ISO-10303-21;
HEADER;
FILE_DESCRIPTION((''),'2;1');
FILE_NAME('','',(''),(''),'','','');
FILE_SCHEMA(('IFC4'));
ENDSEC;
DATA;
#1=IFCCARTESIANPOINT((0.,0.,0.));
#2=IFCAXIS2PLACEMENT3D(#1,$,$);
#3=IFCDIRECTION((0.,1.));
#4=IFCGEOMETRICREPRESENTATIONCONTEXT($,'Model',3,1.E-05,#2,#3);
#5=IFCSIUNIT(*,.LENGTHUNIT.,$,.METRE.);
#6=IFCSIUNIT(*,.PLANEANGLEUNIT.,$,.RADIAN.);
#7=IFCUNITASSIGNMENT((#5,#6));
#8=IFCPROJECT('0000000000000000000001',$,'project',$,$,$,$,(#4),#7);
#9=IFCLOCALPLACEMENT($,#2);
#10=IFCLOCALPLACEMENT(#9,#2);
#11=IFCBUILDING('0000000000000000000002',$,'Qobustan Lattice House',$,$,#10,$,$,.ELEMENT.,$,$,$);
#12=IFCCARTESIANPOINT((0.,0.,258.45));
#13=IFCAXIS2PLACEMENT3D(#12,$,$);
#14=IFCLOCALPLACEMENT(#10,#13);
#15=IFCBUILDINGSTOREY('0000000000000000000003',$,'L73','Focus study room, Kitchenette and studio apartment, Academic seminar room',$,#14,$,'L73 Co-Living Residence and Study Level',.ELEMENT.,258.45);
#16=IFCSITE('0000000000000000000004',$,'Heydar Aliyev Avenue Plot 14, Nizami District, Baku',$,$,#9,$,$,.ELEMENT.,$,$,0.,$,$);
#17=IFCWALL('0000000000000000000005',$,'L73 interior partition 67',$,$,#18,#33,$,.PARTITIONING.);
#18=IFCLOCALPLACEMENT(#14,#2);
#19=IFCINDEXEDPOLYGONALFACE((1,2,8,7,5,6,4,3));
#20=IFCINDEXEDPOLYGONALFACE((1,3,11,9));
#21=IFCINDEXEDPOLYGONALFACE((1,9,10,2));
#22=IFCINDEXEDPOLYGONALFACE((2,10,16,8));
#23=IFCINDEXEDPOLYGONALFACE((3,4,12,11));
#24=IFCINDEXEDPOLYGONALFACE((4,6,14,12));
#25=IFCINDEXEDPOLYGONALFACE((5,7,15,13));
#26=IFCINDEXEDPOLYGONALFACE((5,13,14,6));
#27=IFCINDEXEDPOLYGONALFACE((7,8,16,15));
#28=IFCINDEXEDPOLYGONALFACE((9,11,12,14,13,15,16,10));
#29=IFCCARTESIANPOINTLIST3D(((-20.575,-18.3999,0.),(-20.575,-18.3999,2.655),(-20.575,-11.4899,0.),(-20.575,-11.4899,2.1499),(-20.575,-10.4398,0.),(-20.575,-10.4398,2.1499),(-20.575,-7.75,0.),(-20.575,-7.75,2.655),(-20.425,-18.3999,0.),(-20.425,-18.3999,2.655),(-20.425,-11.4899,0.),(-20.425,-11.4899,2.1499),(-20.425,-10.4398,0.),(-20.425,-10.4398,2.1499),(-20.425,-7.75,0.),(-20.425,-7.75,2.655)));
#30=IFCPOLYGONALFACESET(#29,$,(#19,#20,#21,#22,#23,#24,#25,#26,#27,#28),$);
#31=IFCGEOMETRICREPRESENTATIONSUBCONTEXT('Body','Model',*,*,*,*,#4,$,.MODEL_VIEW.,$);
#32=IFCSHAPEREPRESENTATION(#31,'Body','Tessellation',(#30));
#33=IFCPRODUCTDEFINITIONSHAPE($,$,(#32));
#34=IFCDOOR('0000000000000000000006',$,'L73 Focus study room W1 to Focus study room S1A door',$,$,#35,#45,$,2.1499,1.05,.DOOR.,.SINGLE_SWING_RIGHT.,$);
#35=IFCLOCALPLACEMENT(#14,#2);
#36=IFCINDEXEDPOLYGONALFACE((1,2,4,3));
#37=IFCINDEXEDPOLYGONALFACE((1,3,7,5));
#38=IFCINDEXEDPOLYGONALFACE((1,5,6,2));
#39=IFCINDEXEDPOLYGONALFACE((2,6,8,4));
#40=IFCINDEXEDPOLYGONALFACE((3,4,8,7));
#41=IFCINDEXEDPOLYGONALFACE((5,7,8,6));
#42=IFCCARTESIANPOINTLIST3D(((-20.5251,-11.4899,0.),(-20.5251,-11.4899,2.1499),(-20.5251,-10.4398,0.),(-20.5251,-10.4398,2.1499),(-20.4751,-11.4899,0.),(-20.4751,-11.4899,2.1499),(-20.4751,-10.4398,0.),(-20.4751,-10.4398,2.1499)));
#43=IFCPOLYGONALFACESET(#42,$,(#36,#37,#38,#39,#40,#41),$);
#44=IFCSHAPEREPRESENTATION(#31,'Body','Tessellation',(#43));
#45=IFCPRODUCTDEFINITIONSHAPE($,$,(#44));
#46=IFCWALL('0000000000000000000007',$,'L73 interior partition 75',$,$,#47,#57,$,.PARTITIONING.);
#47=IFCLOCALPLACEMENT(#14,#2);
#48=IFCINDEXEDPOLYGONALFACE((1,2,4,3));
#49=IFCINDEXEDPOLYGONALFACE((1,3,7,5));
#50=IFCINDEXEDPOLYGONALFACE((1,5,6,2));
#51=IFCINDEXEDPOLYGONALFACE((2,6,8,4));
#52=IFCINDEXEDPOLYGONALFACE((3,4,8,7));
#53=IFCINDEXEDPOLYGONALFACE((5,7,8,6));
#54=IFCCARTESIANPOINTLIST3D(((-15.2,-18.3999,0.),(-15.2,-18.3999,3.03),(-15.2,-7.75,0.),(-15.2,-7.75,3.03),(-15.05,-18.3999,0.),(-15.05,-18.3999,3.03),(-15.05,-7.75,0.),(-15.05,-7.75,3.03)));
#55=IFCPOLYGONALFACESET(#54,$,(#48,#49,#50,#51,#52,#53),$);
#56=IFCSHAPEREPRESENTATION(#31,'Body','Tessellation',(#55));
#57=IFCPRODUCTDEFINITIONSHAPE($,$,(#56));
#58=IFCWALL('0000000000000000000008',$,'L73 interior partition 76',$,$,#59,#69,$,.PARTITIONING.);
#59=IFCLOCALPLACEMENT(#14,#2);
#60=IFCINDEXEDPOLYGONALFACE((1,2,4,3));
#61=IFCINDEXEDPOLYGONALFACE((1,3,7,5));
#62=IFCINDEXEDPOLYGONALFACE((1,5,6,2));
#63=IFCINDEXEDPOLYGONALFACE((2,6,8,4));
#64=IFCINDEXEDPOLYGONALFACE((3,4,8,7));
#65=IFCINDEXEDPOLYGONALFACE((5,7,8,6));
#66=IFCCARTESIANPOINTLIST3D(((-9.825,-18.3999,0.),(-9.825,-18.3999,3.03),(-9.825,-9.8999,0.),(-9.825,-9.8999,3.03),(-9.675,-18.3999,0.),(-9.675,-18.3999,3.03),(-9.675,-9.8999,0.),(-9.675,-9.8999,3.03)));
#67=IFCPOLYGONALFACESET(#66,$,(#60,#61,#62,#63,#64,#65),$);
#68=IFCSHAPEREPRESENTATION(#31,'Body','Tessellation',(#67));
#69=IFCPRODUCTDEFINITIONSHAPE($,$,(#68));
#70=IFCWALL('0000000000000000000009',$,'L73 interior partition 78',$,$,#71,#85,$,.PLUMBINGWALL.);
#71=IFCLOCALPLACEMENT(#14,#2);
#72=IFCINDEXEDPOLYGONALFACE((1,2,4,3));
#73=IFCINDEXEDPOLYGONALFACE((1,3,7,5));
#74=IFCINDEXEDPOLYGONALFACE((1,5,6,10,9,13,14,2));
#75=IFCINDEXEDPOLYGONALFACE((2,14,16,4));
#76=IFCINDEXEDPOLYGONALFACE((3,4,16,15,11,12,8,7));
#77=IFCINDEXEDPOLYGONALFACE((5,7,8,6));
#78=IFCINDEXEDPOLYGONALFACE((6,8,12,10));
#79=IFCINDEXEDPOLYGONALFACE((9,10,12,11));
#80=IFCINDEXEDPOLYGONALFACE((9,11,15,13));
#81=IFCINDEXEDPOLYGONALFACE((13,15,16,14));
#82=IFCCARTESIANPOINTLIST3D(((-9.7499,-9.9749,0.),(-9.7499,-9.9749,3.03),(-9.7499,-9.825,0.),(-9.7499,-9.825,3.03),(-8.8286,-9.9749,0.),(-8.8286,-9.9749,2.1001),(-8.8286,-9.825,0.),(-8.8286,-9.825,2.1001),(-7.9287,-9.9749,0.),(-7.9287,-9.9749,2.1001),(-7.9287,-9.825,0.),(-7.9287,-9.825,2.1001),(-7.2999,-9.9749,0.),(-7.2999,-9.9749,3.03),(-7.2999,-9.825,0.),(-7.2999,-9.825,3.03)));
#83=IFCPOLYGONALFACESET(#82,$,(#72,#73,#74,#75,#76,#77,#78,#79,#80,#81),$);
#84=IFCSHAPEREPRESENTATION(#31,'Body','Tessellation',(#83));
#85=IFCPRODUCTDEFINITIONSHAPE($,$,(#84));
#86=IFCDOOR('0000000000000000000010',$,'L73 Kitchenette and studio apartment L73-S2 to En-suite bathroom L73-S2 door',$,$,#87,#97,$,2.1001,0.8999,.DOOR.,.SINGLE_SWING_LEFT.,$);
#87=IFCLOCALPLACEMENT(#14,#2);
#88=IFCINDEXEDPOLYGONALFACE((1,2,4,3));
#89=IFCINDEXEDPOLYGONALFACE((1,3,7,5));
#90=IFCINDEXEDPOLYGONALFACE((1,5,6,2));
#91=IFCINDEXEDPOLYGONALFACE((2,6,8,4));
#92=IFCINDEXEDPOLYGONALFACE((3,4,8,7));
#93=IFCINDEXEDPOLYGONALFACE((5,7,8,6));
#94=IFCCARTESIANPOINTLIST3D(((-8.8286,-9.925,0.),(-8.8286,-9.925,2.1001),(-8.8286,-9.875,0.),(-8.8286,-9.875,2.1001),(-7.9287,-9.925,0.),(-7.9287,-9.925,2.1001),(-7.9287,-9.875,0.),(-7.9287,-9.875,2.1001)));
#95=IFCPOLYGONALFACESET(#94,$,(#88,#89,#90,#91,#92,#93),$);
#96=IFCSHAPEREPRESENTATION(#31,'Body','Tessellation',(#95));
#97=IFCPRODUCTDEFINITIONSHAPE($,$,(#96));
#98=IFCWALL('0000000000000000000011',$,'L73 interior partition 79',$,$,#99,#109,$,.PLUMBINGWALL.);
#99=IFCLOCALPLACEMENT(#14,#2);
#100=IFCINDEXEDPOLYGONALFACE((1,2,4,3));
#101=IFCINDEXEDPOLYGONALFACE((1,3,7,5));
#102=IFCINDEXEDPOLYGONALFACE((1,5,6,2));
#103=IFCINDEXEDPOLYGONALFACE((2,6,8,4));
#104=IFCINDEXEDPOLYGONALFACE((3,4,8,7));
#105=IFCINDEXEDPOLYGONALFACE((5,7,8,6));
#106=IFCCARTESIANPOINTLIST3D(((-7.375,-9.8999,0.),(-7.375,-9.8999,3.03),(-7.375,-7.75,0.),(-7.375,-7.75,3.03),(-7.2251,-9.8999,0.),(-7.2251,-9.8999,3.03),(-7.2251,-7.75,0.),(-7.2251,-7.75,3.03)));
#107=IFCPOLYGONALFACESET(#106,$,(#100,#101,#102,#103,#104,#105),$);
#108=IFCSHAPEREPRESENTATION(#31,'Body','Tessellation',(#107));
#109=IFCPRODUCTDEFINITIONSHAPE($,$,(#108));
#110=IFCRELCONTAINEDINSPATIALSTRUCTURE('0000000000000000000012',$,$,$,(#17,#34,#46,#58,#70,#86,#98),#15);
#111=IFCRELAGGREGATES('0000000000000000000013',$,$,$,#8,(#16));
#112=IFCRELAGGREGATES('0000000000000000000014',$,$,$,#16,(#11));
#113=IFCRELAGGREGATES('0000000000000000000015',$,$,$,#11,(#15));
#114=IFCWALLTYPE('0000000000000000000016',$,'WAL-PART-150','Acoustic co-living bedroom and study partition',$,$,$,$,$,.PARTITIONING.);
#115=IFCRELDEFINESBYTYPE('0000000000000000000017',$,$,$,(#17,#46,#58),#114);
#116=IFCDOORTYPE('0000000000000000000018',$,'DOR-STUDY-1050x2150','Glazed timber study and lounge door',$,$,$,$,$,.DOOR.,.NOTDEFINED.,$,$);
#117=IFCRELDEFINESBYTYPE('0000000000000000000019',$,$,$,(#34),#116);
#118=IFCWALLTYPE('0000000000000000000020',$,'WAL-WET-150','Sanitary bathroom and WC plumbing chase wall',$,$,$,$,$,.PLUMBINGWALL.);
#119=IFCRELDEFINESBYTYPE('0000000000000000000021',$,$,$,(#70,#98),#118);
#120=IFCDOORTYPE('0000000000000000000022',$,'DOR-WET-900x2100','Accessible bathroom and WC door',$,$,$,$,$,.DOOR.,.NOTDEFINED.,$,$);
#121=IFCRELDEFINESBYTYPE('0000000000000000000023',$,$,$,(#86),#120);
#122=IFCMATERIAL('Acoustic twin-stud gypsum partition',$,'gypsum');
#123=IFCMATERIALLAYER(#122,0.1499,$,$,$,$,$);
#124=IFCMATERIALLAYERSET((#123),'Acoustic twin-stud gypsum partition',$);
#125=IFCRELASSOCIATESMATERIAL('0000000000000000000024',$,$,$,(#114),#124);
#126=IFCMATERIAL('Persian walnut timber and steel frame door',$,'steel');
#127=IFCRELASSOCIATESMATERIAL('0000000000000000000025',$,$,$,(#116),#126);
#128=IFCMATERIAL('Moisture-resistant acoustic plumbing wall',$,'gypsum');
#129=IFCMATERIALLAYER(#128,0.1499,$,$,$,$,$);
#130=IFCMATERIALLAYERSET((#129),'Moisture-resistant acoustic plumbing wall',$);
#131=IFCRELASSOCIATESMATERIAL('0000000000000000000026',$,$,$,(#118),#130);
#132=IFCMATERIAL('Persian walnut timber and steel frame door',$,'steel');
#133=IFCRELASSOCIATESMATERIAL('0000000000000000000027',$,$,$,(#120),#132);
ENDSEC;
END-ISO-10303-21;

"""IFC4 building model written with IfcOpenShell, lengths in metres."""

from ifc_helpers import new_model, si_unit, direction, frame, frame_2d, origin, place, context, subcontext, project, spatial, rectangle, extrude, material, layer, layer_set, type_object, element, fill, save


model = new_model("IFC4")

# Units and contexts
model_context = context("Model", 3, precision=1e-05, world=origin(), true_north=direction((0.0, 1.0)))
body_context = subcontext(model_context, "Body", "Model", "MODEL_VIEW")
ifc_project = project(units=[si_unit("LENGTHUNIT", "METRE"), si_unit("PLANEANGLEUNIT", "RADIAN")], contexts=[model_context])

# Site, building, storey
site_placement = place(None, origin())
site = spatial("IfcSite", under=ifc_project, at=site_placement, Name="Heydar Aliyev Avenue Plot 14, Nizami District, Baku", CompositionType="ELEMENT", RefElevation=0.0)
building_placement = place(site_placement, origin())
building = spatial("IfcBuilding", under=site, at=building_placement, Name="Qobustan Lattice House", CompositionType="ELEMENT")
storey_placement = place(building_placement, frame((0.0, 0.0, 258.45)))
storey = spatial("IfcBuildingStorey", under=building, at=storey_placement, Name="L73", Description="Focus study room, Kitchenette and studio apartment, Academic seminar room", LongName="L73 Co-Living Residence and Study Level", CompositionType="ELEMENT", Elevation=258.45)

# Shared definitions
ifc_material_1 = material(Name="Acoustic twin-stud gypsum partition", Category="gypsum")
ifc_layer_1 = layer(ifc_material_1, 0.1499)
ifc_layer_set_1 = layer_set([ifc_layer_1], Name="Acoustic twin-stud gypsum partition")
wall_type_1 = type_object("IfcWallType", Name="WAL-PART-150", Description="Acoustic co-living bedroom and study partition", PredefinedType="PARTITIONING", material=ifc_layer_set_1)

# Wall, opening, door
ifc_material_2 = material(Name="Persian walnut timber and steel frame door", Category="steel")
door_type_1 = type_object("IfcDoorType", Name="DOR-STUDY-1050x2150", Description="Glazed timber study and lounge door", OperationType="NOTDEFINED", PredefinedType="DOOR", material=ifc_material_2)
wall_1_placement = place(storey_placement, frame((-20.5, -7.75, 0.0), z_axis=(0.0, 0.0, 1.0), x_axis=(0.0, -1.0, 0.0)))
wall_1 = element("IfcWall", 1, at=wall_1_placement, inside=storey, type_object=wall_type_1, Name="L73 interior partition 67", PredefinedType="PARTITIONING", context=body_context, shape_type="SweptSolid", body=[
    extrude(rectangle(XDim=10.6499, YDim=0.1499, at=frame_2d((5.325, 0.0))), origin(), (0.0, 0.0, 1.0), 2.655),
])
opening_1_placement = place(wall_1_placement, frame((2.6899, 0.0, 0.0)))
opening_1 = element("IfcOpeningElement", 2, at=opening_1_placement, cuts=wall_1, PredefinedType="OPENING", context=body_context, shape_type="SweptSolid", body=[
    extrude(rectangle(XDim=1.05, YDim=2.1499, at=frame_2d((0.5249, 1.075))), frame((0.0, 0.085, 0.0), z_axis=(0.0, -1.0, 0.0), x_axis=(1.0, 0.0, 0.0)), (0.0, 0.0, 1.0), 0.1699),
])
door_1_placement = place(opening_1_placement, origin())
door_1 = element("IfcDoor", 3, at=door_1_placement, inside=storey, type_object=door_type_1, Name="L73 Focus study room W1 to Focus study room S1A door", OperationType="SINGLE_SWING_RIGHT", OverallHeight=2.1499, OverallWidth=1.05, PredefinedType="DOOR", context=body_context, shape_type="SweptSolid", body=[
    extrude(rectangle(XDim=1.05, YDim=2.1499, at=frame_2d((0.5249, 1.075))), frame((0.0, 0.0249, 0.0), z_axis=(0.0, -1.0, 0.0), x_axis=(1.0, 0.0, 0.0)), (0.0, 0.0, 1.0), 0.05),
])
fill(opening_1, door_1)

# Walls
wall_2_placement = place(storey_placement, frame((-15.125, -7.75, 0.0), z_axis=(0.0, 0.0, 1.0), x_axis=(0.0, -1.0, 0.0)))
element("IfcWall", 4, at=wall_2_placement, inside=storey, type_object=wall_type_1, Name="L73 interior partition 75", PredefinedType="PARTITIONING", context=body_context, shape_type="SweptSolid", body=[
    extrude(rectangle(XDim=10.6499, YDim=0.1499, at=frame_2d((5.325, 0.0))), origin(), (0.0, 0.0, 1.0), 3.03),
])
wall_3_placement = place(storey_placement, frame((-9.75, -9.8999, 0.0), z_axis=(0.0, 0.0, 1.0), x_axis=(0.0, -1.0, 0.0)))
element("IfcWall", 5, at=wall_3_placement, inside=storey, type_object=wall_type_1, Name="L73 interior partition 76", PredefinedType="PARTITIONING", context=body_context, shape_type="SweptSolid", body=[
    extrude(rectangle(XDim=8.5, YDim=0.1499, at=frame_2d((4.25, 0.0))), origin(), (0.0, 0.0, 1.0), 3.03),
])

# Wall, opening, door
ifc_material_3 = material(Name="Moisture-resistant acoustic plumbing wall", Category="gypsum")
ifc_layer_2 = layer(ifc_material_3, 0.1499)
ifc_layer_set_2 = layer_set([ifc_layer_2], Name="Moisture-resistant acoustic plumbing wall")
wall_type_2 = type_object("IfcWallType", Name="WAL-WET-150", Description="Sanitary bathroom and WC plumbing chase wall", PredefinedType="PLUMBINGWALL", material=ifc_layer_set_2)
wall_4_placement = place(storey_placement, frame((-9.75, -9.8999, 0.0), z_axis=(0.0, 0.0, 1.0), x_axis=(1.0, 0.0, 0.0)))
wall_4 = element("IfcWall", 6, at=wall_4_placement, inside=storey, type_object=wall_type_2, Name="L73 interior partition 78", PredefinedType="PLUMBINGWALL", context=body_context, shape_type="SweptSolid", body=[
    extrude(rectangle(XDim=2.45, YDim=0.1499, at=frame_2d((1.2251, 0.0))), origin(), (0.0, 0.0, 1.0), 3.03),
])
opening_2_placement = place(wall_4_placement, frame((0.9214, 0.0, 0.0)))
opening_2 = element("IfcOpeningElement", 7, at=opening_2_placement, cuts=wall_4, PredefinedType="OPENING", context=body_context, shape_type="SweptSolid", body=[
    extrude(rectangle(XDim=0.8999, YDim=2.1001, at=frame_2d((0.45, 1.05))), frame((0.0, 0.085, 0.0), z_axis=(0.0, -1.0, 0.0), x_axis=(1.0, 0.0, 0.0)), (0.0, 0.0, 1.0), 0.1699),
])
ifc_material_4 = material(Name="Persian walnut timber and steel frame door", Category="steel")
door_type_2 = type_object("IfcDoorType", Name="DOR-WET-900x2100", Description="Accessible bathroom and WC door", OperationType="NOTDEFINED", PredefinedType="DOOR", material=ifc_material_4)
door_2_placement = place(opening_2_placement, origin())
door_2 = element("IfcDoor", 8, at=door_2_placement, inside=storey, type_object=door_type_2, Name="L73 Kitchenette and studio apartment L73-S2 to En-suite bathroom L73-S2 door", OperationType="SINGLE_SWING_LEFT", OverallHeight=2.1001, OverallWidth=0.8999, PredefinedType="DOOR", context=body_context, shape_type="SweptSolid", body=[
    extrude(rectangle(XDim=0.8999, YDim=2.1001, at=frame_2d((0.45, 1.05))), frame((0.0, 0.0249, 0.0), z_axis=(0.0, -1.0, 0.0), x_axis=(1.0, 0.0, 0.0)), (0.0, 0.0, 1.0), 0.05),
])
fill(opening_2, door_2)

# Wall
wall_5_placement = place(storey_placement, frame((-7.3, -9.8999, 0.0), z_axis=(0.0, 0.0, 1.0), x_axis=(0.0, 1.0, 0.0)))
element("IfcWall", 9, at=wall_5_placement, inside=storey, type_object=wall_type_2, Name="L73 interior partition 79", PredefinedType="PLUMBINGWALL", context=body_context, shape_type="SweptSolid", body=[
    extrude(rectangle(XDim=2.1499, YDim=0.1499, at=frame_2d((1.075, 0.0))), origin(), (0.0, 0.0, 1.0), 3.03),
])

save(model, "model.ifc")
